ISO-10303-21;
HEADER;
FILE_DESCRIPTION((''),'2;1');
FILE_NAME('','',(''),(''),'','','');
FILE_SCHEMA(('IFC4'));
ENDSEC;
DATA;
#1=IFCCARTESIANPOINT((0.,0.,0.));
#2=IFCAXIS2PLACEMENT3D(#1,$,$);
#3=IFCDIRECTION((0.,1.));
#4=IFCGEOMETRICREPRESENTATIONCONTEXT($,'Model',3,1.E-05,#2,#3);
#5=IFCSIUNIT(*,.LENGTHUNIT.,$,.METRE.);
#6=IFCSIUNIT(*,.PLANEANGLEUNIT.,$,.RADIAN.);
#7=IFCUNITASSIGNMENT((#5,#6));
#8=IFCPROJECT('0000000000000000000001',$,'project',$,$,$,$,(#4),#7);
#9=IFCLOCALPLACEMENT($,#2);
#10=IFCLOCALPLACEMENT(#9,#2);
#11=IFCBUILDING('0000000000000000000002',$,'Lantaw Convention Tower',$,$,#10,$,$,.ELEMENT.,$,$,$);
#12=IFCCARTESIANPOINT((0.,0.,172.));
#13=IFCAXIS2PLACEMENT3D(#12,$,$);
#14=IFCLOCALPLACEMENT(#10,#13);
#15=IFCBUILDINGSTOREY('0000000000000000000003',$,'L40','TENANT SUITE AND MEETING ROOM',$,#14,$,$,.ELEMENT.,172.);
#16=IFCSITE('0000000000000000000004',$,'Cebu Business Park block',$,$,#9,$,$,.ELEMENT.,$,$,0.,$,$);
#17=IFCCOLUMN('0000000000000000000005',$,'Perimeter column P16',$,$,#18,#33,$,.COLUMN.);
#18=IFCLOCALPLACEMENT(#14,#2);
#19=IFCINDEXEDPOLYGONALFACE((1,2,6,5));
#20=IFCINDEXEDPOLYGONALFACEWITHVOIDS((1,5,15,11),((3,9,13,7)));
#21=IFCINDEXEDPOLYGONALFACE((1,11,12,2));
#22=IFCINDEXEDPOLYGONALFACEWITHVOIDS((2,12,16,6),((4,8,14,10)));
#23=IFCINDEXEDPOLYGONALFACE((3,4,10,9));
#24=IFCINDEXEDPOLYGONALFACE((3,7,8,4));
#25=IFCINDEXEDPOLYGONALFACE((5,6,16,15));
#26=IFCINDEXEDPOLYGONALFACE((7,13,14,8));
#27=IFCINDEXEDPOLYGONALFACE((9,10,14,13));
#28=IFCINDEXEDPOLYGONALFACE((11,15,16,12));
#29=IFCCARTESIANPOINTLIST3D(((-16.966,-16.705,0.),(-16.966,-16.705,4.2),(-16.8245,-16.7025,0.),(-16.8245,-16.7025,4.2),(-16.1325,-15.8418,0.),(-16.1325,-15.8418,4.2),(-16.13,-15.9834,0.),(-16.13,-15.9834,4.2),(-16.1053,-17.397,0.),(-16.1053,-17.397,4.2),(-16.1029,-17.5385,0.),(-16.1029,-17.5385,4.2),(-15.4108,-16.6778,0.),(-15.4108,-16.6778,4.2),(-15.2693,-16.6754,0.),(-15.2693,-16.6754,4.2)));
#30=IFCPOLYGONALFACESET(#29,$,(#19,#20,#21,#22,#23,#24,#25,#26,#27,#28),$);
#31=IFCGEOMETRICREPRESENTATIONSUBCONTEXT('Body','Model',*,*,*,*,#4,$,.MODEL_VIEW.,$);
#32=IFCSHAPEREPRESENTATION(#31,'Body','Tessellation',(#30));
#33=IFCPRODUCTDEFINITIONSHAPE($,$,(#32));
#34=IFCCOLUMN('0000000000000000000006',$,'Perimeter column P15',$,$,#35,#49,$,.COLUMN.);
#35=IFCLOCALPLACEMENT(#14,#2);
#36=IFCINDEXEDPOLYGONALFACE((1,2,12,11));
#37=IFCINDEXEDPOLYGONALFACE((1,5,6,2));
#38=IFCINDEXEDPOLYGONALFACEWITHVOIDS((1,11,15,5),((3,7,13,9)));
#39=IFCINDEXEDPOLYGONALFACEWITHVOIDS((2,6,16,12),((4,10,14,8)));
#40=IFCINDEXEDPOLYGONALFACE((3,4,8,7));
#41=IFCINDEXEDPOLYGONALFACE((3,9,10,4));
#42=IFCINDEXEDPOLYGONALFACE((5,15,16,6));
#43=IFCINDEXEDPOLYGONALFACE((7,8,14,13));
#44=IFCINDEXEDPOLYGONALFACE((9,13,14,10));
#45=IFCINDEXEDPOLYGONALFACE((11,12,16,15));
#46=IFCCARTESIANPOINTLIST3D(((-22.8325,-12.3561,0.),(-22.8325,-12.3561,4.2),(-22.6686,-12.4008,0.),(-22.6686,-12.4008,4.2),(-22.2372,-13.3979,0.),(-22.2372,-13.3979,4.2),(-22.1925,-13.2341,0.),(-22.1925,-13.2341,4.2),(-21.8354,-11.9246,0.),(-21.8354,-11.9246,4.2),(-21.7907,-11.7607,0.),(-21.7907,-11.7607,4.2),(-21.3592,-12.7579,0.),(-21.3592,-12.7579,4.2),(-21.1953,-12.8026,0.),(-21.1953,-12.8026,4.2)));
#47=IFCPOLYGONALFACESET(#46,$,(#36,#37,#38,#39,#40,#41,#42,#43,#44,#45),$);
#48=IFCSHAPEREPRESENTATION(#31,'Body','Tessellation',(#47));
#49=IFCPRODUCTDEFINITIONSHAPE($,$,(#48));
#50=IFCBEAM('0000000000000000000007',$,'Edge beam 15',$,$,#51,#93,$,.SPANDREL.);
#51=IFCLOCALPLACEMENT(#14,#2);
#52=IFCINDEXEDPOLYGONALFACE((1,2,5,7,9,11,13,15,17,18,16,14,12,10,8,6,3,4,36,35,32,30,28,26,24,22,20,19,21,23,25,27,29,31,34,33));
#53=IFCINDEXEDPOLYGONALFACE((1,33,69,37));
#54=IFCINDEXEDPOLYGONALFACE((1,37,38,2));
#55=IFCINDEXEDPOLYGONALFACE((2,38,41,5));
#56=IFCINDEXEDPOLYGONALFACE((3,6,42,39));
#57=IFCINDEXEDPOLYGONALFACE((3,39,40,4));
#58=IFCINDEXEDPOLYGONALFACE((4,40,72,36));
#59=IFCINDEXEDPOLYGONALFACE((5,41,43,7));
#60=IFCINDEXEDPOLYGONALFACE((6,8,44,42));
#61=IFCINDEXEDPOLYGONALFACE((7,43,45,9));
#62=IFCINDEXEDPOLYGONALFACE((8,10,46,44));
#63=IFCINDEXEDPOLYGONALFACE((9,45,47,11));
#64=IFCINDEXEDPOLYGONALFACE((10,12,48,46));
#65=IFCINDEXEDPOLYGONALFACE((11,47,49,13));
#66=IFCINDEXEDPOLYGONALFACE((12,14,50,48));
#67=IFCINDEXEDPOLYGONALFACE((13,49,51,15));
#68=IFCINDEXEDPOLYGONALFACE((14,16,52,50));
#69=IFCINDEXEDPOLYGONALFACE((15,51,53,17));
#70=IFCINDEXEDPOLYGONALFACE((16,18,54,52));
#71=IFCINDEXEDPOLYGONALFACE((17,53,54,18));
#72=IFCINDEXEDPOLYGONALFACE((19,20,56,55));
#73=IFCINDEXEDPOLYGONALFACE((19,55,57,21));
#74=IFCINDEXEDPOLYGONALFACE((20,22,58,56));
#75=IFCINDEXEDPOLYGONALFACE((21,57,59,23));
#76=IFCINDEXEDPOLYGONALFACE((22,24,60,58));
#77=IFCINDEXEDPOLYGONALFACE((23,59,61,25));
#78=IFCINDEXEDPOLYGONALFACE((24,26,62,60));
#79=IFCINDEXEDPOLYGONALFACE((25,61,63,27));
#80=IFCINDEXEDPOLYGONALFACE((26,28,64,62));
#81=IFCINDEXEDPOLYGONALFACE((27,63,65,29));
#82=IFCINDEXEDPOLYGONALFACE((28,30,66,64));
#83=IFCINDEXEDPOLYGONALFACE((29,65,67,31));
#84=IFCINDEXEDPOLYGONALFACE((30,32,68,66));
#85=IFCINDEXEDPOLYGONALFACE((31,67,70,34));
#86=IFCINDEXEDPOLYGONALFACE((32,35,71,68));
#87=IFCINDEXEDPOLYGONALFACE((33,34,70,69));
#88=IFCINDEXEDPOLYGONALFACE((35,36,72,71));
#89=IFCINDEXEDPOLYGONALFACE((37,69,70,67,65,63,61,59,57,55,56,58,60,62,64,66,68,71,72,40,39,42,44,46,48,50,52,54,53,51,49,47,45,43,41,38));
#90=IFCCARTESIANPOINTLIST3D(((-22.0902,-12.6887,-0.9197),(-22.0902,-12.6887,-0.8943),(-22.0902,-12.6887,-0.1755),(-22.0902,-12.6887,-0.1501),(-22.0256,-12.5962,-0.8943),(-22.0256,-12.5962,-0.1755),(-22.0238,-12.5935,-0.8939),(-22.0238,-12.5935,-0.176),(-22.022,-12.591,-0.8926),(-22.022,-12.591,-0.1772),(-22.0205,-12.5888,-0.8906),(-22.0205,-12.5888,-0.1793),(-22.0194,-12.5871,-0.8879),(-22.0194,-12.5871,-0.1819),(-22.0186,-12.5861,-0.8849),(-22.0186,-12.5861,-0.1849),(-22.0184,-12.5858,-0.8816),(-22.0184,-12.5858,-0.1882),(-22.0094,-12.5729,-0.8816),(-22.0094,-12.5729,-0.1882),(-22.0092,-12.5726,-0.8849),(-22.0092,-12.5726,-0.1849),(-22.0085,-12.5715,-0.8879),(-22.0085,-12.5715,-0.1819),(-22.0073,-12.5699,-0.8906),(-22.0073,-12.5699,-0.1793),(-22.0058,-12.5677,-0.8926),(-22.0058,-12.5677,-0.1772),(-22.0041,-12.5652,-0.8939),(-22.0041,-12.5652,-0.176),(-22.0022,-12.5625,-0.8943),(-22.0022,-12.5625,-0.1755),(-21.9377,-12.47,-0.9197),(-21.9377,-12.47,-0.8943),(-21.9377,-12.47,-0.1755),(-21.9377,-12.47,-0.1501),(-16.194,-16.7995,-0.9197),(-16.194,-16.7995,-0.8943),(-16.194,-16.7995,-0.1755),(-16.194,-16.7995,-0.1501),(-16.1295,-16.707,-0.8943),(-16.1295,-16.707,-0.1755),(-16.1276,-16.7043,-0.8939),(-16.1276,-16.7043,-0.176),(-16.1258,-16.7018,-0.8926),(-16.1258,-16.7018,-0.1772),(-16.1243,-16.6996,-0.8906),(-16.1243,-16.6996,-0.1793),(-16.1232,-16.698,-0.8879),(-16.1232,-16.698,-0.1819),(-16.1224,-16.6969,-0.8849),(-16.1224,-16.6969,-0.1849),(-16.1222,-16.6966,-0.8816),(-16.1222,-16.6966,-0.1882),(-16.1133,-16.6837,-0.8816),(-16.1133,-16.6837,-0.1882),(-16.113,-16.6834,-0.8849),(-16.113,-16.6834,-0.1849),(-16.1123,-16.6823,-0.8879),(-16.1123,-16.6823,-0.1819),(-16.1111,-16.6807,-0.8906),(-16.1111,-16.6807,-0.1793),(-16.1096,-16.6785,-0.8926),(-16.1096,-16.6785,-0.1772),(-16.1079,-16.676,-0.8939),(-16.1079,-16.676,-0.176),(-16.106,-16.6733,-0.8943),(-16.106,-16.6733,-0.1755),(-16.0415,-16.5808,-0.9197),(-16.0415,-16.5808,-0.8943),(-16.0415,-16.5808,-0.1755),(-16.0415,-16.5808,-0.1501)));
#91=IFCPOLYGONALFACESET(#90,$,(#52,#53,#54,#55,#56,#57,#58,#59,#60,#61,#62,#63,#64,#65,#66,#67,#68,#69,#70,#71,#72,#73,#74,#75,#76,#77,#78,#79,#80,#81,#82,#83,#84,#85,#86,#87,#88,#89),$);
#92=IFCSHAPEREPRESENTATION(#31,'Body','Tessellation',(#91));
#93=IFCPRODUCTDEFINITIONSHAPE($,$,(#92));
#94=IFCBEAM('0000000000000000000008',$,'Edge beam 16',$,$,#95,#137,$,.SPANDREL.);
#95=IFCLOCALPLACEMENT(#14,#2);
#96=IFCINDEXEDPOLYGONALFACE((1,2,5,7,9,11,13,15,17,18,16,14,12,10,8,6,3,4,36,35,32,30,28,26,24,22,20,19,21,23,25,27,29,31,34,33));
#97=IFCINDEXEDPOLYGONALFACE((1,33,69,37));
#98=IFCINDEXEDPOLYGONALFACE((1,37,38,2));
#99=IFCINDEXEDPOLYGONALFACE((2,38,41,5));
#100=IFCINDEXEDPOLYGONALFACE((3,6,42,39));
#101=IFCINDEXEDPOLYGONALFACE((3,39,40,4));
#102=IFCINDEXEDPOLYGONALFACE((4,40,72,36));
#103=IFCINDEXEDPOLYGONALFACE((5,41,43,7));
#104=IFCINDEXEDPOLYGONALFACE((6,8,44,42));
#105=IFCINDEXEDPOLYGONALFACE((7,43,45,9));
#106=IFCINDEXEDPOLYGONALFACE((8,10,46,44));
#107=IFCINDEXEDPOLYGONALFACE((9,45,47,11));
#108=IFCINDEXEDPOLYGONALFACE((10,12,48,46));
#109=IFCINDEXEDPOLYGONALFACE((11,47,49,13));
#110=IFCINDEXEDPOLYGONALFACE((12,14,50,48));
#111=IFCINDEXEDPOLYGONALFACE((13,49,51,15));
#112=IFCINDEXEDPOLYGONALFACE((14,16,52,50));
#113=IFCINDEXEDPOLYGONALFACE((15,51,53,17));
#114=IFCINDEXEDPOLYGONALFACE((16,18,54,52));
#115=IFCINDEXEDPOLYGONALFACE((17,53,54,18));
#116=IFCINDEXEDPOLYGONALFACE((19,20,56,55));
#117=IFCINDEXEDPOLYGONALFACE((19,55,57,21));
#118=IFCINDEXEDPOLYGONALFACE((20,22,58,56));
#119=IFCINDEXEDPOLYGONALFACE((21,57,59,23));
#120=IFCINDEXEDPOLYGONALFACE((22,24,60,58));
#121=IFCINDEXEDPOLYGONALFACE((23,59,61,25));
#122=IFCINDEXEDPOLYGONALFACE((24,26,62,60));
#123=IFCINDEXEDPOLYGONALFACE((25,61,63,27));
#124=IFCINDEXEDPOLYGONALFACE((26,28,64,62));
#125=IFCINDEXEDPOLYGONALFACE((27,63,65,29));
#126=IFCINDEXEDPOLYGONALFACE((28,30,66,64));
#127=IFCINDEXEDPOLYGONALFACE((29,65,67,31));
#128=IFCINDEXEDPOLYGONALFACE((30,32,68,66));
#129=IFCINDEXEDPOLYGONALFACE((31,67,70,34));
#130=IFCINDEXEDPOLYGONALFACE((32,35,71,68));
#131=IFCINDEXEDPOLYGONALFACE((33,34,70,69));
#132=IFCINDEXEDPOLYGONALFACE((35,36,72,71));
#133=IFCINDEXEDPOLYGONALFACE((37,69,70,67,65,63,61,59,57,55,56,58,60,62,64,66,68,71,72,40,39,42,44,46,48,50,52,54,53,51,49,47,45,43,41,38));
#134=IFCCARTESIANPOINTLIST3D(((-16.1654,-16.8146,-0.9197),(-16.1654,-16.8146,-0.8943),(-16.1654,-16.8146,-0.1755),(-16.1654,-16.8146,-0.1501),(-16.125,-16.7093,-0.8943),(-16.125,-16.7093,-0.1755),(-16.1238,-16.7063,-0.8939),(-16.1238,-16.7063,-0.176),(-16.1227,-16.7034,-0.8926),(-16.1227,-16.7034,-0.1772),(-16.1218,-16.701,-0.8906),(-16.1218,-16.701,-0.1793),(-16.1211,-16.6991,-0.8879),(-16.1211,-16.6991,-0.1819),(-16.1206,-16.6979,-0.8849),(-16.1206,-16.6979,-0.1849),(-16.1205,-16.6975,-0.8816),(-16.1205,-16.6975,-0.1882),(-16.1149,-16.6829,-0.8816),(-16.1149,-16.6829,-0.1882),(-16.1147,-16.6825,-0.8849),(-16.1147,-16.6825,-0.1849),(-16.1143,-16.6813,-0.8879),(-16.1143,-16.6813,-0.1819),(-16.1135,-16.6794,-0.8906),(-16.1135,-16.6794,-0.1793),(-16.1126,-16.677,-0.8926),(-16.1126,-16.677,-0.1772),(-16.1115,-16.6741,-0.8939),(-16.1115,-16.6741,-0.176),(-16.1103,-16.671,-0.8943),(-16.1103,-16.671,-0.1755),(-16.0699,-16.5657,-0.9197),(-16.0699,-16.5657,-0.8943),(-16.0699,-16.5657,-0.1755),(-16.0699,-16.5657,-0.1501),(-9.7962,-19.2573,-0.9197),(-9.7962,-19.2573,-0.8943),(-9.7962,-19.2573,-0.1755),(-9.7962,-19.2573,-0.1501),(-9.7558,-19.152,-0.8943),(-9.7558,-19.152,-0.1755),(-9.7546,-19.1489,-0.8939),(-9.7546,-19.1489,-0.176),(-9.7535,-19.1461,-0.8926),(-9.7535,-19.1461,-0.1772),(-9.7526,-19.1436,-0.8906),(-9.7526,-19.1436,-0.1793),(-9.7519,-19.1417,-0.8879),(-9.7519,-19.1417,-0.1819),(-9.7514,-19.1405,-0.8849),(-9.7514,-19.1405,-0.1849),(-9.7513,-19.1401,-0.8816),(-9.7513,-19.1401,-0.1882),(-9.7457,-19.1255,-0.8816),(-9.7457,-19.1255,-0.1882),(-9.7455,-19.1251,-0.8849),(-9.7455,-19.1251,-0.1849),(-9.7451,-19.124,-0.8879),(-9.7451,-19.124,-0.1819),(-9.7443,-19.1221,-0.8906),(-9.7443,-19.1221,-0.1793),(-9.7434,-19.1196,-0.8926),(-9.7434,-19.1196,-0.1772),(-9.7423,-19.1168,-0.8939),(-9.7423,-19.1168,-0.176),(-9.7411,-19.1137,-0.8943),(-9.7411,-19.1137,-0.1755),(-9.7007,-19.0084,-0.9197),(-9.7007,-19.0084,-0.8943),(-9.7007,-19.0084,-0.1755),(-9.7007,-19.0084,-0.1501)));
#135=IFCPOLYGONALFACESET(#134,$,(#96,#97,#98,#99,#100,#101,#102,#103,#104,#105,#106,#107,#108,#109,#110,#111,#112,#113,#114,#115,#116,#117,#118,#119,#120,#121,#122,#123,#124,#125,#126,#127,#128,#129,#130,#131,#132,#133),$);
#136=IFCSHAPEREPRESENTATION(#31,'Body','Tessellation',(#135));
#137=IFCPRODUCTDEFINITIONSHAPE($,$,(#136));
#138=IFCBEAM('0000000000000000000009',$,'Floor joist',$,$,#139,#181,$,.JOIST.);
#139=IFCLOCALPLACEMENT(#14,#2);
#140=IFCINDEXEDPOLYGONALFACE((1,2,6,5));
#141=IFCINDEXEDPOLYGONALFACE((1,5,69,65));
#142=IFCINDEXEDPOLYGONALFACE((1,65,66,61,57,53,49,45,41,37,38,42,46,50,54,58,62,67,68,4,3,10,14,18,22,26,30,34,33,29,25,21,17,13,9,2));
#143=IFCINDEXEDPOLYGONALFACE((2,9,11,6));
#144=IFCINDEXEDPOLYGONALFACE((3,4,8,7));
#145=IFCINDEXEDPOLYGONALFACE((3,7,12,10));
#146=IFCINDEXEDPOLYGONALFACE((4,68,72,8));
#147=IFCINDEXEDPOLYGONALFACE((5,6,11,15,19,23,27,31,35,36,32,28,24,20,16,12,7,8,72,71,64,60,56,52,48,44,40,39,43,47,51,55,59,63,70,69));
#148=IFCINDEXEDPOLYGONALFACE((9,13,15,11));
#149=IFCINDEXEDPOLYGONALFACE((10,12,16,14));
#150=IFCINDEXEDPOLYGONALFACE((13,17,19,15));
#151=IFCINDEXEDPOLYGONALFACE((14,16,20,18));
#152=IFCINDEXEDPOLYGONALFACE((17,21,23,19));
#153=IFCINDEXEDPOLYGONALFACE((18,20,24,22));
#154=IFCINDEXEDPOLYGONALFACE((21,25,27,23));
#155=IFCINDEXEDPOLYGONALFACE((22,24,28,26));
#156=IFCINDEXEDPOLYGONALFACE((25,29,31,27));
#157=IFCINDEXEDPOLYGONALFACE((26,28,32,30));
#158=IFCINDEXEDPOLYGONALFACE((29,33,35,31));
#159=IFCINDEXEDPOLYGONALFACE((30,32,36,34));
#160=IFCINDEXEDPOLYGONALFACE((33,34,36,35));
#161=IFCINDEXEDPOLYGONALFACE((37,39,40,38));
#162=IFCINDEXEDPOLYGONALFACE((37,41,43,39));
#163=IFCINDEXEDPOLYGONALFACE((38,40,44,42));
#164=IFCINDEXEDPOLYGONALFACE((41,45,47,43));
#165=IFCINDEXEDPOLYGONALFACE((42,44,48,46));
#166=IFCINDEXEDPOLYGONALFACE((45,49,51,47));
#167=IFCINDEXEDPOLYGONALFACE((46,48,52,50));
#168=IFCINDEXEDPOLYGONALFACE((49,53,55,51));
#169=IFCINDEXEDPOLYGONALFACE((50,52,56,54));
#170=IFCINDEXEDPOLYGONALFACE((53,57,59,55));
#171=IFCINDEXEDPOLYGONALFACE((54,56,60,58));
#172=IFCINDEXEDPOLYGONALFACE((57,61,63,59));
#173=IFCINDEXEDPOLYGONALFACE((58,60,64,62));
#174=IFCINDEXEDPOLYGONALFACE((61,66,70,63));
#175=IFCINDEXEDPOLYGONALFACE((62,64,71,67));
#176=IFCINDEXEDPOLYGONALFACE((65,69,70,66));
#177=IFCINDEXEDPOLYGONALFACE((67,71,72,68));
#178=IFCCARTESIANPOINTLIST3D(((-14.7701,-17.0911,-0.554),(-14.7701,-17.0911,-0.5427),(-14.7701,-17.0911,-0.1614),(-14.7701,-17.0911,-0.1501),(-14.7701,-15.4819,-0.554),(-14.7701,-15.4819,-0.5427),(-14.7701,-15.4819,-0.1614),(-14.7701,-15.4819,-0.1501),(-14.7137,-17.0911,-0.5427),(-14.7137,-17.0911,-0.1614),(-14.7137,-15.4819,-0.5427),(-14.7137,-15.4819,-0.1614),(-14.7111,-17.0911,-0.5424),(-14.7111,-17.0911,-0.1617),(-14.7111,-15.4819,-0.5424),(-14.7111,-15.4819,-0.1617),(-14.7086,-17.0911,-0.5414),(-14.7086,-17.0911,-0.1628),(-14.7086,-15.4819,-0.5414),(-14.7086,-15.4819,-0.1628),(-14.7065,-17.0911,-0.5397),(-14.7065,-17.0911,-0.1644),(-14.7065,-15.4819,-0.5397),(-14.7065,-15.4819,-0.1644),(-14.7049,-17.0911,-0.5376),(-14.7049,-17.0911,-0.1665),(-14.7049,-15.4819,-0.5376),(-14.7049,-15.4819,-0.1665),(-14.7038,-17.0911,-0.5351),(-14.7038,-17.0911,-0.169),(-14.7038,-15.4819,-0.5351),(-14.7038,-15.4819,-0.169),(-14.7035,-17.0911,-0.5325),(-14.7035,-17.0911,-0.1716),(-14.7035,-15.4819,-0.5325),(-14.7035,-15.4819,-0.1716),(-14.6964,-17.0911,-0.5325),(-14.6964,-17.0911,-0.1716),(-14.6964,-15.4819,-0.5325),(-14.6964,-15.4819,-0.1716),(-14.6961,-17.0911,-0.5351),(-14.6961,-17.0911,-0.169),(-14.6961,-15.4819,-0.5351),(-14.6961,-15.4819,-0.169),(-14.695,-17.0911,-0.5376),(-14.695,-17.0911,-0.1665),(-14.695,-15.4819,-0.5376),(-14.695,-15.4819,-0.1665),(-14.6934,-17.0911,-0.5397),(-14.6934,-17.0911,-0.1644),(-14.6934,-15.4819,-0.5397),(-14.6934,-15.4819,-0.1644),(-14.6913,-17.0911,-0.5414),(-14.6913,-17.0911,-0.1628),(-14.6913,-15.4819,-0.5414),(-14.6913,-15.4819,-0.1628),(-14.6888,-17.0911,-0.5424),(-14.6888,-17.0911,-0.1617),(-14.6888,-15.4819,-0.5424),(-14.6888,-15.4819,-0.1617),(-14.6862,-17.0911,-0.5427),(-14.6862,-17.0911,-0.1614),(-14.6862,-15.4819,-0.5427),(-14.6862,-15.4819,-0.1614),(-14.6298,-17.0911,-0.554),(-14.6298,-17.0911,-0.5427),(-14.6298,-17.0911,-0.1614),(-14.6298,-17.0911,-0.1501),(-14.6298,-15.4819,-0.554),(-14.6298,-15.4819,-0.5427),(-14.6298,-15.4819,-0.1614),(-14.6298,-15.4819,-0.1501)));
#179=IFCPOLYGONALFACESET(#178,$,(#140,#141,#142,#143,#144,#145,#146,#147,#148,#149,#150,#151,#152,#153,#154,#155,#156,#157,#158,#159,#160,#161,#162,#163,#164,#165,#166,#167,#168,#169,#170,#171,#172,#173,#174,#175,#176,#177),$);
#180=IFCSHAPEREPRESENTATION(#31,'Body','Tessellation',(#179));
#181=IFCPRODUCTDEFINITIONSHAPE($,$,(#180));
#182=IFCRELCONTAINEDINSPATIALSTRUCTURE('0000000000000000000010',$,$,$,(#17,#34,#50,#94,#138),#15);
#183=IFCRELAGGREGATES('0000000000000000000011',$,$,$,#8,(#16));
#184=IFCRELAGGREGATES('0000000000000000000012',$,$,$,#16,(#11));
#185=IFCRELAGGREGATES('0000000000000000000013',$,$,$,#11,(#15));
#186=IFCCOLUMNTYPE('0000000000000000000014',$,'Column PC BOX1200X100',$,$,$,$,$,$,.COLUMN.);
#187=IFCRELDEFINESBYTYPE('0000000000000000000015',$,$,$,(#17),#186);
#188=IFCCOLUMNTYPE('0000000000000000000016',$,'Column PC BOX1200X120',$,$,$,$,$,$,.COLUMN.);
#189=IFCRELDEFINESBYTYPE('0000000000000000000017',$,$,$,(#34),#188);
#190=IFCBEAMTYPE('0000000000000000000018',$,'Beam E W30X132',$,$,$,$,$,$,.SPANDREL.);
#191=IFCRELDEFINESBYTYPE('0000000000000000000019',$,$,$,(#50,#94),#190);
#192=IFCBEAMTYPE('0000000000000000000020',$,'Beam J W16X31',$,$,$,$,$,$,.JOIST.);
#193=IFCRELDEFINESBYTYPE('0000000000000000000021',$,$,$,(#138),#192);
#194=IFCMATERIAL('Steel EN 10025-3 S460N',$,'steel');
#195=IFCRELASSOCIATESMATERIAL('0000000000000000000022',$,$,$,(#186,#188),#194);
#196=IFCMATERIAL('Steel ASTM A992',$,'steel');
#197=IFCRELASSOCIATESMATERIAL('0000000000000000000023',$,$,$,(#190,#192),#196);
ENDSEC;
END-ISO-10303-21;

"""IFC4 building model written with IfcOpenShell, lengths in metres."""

from ifc_helpers import new_model, si_unit, direction, frame, origin, origin_2d, place, context, subcontext, project, spatial, rectangle, hollow_rectangle, i_section, extrude, material, material_profile, profile_set, type_object, element, save


model = new_model("IFC4")

# Units and contexts
model_context = context("Model", 3, precision=1e-05, world=origin(), true_north=direction((0.0, 1.0)))
body_context = subcontext(model_context, "Body", "Model", "MODEL_VIEW")
ifc_project = project(units=[si_unit("LENGTHUNIT", "METRE"), si_unit("PLANEANGLEUNIT", "RADIAN")], contexts=[model_context])

# Site, building, storey
site_placement = place(None, origin())
site = spatial("IfcSite", under=ifc_project, at=site_placement, Name="Cebu Business Park block", CompositionType="ELEMENT", RefElevation=0.0)
building_placement = place(site_placement, origin())
building = spatial("IfcBuilding", under=site, at=building_placement, Name="Lantaw Convention Tower", CompositionType="ELEMENT")
storey_placement = place(building_placement, frame((0.0, 0.0, 172.0)))
storey = spatial("IfcBuildingStorey", under=building, at=storey_placement, Name="L40", Description="TENANT SUITE AND MEETING ROOM", CompositionType="ELEMENT", Elevation=172.0)

# Columns
ifc_material_1 = material(Name="Steel EN 10025-3 S460N", Category="steel")
ifc_material_profile_1 = material_profile(ifc_material_1, hollow_rectangle(XDim=1.2, YDim=1.2, WallThickness=0.1001, at=origin_2d()), Name="BOX1200X100")
ifc_material_2 = material(Name="Concrete C60/75", Category="concrete")
ifc_material_profile_2 = material_profile(ifc_material_2, rectangle(XDim=1.0, YDim=1.0, at=origin_2d()), Name="Concrete fill of BOX1200X100")
ifc_profile_set_1 = profile_set([ifc_material_profile_1, ifc_material_profile_2], Name="Steel EN 10025-3 S460N")
column_type_1 = type_object("IfcColumnType", Name="Column PC BOX1200X100", PredefinedType="COLUMN", material=ifc_profile_set_1)
column_1_placement = place(storey_placement, frame((-16.1177, -16.6902, 0.0), z_axis=(0.0, 0.0, 1.0), x_axis=(0.694658, 0.71934, 0.0)))
element("IfcColumn", 1, at=column_1_placement, inside=storey, type_object=column_type_1, Name="Perimeter column P16", PredefinedType="COLUMN", context=body_context, shape_type="SweptSolid", body=[
    extrude(hollow_rectangle(XDim=1.2, YDim=1.2, WallThickness=0.1001, at=origin_2d()), origin(), (0.0, 0.0, 1.0), 4.2),
])
ifc_material_profile_3 = material_profile(ifc_material_1, hollow_rectangle(XDim=1.2, YDim=1.2, WallThickness=0.1201, at=origin_2d()), Name="BOX1200X120")
ifc_material_profile_4 = material_profile(ifc_material_2, rectangle(XDim=0.96, YDim=0.96, at=origin_2d()), Name="Concrete fill of BOX1200X120")
ifc_profile_set_2 = profile_set([ifc_material_profile_3, ifc_material_profile_4], Name="Steel EN 10025-3 S460N")
column_type_2 = type_object("IfcColumnType", Name="Column PC BOX1200X120", PredefinedType="COLUMN", material=ifc_profile_set_2)
column_2_placement = place(storey_placement, frame((-22.0139, -12.5793, 0.0), z_axis=(0.0, 0.0, 1.0), x_axis=(0.868243, 0.496139, 0.0)))
element("IfcColumn", 2, at=column_2_placement, inside=storey, type_object=column_type_2, Name="Perimeter column P15", PredefinedType="COLUMN", context=body_context, shape_type="SweptSolid", body=[
    extrude(hollow_rectangle(XDim=1.2, YDim=1.2, WallThickness=0.1201, at=origin_2d()), origin(), (0.0, 0.0, 1.0), 4.2),
])

# Beams
ifc_material_3 = material(Name="Steel ASTM A992", Category="steel")
ifc_material_profile_5 = material_profile(ifc_material_3, i_section(OverallWidth=0.2666, OverallDepth=0.7695, WebThickness=0.0156, FlangeThickness=0.0254, FilletRadius=0.0127, at=origin_2d()), Name="W30X132")
ifc_profile_set_3 = profile_set([ifc_material_profile_5], Name="Steel ASTM A992")
beam_type_1 = type_object("IfcBeamType", Name="Beam E W30X132", PredefinedType="SPANDREL", material=ifc_profile_set_3)
beam_1_placement = place(storey_placement, frame((-22.0139, -12.5793, -0.5349), z_axis=(0.820311, -0.571918, 0.0), x_axis=(0.571918, 0.820311, 0.0)))
element("IfcBeam", 3, at=beam_1_placement, inside=storey, type_object=beam_type_1, Name="Edge beam 15", PredefinedType="SPANDREL", context=body_context, shape_type="SweptSolid", body=[
    extrude(i_section(OverallWidth=0.2666, OverallDepth=0.7695, WebThickness=0.0156, FlangeThickness=0.0254, FilletRadius=0.0127, at=origin_2d()), origin(), (0.0, 0.0, 1.0), 7.1877),
])
beam_2_placement = place(storey_placement, frame((-16.1177, -16.6902, -0.5349), z_axis=(0.933691, -0.35808, 0.0), x_axis=(0.35808, 0.933691, 0.0)))
element("IfcBeam", 4, at=beam_2_placement, inside=storey, type_object=beam_type_1, Name="Edge beam 16", PredefinedType="SPANDREL", context=body_context, shape_type="SweptSolid", body=[
    extrude(i_section(OverallWidth=0.2666, OverallDepth=0.7695, WebThickness=0.0156, FlangeThickness=0.0254, FilletRadius=0.0127, at=origin_2d()), origin(), (0.0, 0.0, 1.0), 6.8215),
])
ifc_material_profile_6 = material_profile(ifc_material_3, i_section(OverallWidth=0.1404, OverallDepth=0.4038, WebThickness=0.0071, FlangeThickness=0.0112, FilletRadius=0.0103, at=origin_2d()), Name="W16X31")
ifc_profile_set_4 = profile_set([ifc_material_profile_6], Name="Steel ASTM A992")
beam_type_2 = type_object("IfcBeamType", Name="Beam J W16X31", PredefinedType="JOIST", material=ifc_profile_set_4)
beam_3_placement = place(storey_placement, frame((-14.7, -17.0911, -0.3521), z_axis=(0.0, 1.0, 0.0), x_axis=(-1.0, 0.0, 0.0)))
element("IfcBeam", 5, at=beam_3_placement, inside=storey, type_object=beam_type_2, Name="Floor joist", PredefinedType="JOIST", context=body_context, shape_type="SweptSolid", body=[
    extrude(i_section(OverallWidth=0.1404, OverallDepth=0.4038, WebThickness=0.0071, FlangeThickness=0.0112, FilletRadius=0.0103, at=origin_2d()), origin(), (0.0, 0.0, 1.0), 1.6091),
])

save(model, "model.ifc")
